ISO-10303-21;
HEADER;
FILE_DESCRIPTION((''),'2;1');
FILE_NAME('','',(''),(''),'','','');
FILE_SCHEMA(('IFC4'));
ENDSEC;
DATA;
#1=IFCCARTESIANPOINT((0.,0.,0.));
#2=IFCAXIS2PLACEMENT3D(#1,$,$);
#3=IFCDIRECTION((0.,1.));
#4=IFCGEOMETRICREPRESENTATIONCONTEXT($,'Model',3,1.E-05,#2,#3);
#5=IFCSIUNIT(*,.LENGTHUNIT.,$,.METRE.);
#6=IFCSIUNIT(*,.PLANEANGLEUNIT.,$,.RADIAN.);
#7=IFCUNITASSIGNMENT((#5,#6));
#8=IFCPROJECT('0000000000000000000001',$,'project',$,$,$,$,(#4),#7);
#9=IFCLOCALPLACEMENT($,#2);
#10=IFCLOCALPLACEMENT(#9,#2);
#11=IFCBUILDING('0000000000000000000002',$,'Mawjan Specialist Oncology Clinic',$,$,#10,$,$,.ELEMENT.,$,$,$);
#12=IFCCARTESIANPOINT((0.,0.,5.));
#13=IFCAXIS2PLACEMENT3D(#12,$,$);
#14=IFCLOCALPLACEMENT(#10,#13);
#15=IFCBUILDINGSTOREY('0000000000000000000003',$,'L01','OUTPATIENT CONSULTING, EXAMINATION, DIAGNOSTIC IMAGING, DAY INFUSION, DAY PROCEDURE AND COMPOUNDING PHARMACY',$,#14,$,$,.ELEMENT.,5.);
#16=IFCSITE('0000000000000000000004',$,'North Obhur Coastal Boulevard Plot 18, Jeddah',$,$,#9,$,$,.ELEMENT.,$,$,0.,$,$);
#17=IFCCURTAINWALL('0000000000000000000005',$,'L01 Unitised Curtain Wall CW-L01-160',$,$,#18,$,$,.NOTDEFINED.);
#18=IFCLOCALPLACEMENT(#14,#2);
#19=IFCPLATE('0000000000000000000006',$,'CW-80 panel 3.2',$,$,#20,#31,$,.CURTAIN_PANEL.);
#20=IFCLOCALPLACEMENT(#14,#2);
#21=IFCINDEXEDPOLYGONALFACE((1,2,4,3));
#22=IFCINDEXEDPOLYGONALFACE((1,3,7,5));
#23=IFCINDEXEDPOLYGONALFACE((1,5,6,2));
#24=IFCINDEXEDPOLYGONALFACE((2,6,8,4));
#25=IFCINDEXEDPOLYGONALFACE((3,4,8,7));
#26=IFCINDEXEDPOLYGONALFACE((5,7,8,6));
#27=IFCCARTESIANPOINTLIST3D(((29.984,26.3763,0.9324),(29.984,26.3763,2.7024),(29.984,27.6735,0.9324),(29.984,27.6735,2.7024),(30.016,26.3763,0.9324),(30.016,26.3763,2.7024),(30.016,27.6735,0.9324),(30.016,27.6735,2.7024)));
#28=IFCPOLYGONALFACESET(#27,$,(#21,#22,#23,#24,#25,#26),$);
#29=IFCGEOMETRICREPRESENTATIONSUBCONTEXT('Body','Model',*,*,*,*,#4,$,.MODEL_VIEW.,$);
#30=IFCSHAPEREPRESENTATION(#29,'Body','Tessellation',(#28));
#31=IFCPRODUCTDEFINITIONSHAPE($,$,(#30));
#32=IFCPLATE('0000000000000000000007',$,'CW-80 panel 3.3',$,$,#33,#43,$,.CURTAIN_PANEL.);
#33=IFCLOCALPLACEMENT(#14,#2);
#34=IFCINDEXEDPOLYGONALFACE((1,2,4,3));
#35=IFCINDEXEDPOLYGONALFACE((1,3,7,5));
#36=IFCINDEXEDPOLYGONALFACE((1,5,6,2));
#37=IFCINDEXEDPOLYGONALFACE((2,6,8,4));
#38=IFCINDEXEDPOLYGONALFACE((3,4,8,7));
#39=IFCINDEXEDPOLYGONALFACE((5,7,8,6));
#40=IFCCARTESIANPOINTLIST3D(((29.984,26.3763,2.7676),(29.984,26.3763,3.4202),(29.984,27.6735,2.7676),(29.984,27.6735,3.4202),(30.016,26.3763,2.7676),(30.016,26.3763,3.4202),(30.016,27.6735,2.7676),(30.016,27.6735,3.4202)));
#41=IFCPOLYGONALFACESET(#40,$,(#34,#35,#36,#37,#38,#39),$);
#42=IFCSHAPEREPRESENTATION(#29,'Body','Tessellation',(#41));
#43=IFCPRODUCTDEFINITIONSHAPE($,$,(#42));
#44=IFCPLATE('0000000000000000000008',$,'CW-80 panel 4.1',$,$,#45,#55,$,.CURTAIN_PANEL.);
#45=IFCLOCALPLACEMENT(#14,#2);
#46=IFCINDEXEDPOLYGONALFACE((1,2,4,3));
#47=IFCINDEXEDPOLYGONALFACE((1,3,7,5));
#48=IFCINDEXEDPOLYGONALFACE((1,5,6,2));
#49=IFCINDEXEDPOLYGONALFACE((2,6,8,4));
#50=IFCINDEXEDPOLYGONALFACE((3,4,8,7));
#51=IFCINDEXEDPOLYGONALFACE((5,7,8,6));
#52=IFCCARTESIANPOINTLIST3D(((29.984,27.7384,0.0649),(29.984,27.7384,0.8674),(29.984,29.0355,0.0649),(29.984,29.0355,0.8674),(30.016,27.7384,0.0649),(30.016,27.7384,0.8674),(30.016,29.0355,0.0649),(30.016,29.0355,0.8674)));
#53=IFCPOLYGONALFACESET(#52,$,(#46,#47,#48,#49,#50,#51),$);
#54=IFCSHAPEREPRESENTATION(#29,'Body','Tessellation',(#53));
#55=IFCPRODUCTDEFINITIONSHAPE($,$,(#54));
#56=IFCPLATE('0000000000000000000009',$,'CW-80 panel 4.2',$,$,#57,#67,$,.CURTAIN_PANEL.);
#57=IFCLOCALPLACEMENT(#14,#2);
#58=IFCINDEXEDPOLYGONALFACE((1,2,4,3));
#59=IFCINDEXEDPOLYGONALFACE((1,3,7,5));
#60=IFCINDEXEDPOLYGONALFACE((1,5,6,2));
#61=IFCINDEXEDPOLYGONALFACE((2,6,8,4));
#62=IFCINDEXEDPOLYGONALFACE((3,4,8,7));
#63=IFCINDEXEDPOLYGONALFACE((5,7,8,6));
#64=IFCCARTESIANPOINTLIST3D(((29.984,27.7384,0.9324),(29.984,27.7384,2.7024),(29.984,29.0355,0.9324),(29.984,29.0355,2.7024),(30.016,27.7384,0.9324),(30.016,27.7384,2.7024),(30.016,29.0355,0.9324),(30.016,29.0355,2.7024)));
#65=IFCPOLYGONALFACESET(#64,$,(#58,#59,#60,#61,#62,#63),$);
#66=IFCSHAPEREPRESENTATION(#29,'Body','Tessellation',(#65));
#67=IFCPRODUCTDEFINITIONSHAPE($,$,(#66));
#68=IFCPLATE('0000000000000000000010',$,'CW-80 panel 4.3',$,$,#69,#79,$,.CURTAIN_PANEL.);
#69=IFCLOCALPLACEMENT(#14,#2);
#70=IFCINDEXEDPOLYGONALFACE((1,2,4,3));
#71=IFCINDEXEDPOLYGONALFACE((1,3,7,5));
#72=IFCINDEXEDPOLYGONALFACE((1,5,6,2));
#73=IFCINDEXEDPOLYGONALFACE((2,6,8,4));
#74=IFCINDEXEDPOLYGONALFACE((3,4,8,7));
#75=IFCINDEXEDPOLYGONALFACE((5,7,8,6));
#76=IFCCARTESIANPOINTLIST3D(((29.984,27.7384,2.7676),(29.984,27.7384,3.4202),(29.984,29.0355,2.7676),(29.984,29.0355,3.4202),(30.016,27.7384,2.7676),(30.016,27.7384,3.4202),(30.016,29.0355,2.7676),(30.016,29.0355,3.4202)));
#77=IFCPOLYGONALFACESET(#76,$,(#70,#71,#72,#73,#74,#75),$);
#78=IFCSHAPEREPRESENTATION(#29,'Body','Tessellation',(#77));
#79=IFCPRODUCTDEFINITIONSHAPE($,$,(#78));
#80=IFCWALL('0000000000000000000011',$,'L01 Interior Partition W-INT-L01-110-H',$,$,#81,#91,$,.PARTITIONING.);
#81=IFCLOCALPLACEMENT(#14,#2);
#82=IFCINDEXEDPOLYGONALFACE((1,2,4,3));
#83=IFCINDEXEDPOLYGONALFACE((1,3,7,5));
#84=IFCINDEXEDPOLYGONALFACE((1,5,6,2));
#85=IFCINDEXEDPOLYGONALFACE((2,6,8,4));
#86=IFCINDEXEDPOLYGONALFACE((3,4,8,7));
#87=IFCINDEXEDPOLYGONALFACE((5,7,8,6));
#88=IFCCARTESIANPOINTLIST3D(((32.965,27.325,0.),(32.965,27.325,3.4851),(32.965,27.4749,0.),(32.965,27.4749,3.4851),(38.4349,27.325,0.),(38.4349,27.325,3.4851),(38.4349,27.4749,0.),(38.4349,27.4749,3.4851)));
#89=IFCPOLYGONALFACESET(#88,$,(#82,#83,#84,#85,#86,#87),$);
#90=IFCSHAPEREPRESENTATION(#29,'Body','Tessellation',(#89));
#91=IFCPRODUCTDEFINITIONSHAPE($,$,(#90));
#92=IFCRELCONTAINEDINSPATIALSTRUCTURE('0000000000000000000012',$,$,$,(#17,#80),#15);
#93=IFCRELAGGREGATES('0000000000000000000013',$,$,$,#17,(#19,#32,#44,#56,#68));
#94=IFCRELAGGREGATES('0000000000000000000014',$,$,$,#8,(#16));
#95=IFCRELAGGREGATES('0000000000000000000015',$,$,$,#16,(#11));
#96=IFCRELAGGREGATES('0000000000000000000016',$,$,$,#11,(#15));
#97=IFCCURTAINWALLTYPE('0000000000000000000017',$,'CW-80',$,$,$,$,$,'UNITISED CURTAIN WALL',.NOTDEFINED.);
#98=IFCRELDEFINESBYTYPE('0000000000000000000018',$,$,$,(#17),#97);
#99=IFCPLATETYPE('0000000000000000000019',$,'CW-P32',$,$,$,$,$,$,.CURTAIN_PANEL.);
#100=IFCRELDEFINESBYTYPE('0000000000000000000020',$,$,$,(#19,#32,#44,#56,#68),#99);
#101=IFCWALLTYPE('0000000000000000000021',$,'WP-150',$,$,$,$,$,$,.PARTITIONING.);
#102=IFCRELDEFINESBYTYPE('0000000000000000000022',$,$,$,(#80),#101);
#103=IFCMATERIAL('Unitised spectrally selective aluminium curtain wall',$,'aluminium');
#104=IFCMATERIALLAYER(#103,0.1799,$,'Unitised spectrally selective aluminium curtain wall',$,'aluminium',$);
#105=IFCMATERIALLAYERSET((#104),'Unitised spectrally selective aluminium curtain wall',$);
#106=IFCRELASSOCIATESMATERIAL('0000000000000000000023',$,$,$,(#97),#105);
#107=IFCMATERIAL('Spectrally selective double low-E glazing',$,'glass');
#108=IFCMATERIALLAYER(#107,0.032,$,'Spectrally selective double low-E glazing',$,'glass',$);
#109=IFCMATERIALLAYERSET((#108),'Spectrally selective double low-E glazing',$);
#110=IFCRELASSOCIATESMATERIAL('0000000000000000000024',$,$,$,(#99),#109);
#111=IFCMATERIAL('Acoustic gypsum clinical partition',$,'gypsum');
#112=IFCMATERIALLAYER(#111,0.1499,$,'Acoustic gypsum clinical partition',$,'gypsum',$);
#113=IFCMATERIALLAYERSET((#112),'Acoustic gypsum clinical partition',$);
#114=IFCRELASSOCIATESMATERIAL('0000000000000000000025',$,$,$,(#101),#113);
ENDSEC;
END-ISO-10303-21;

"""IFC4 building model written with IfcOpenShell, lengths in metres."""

from ifc_helpers import new_model, si_unit, direction, frame, frame_2d, origin, origin_2d, place, context, subcontext, project, spatial, rectangle, extrude, material, layer, layer_set, type_object, element, aggregate, save


model = new_model("IFC4")

# Units and contexts
model_context = context("Model", 3, precision=1e-05, world=origin(), true_north=direction((0.0, 1.0)))
body_context = subcontext(model_context, "Body", "Model", "MODEL_VIEW")
ifc_project = project(units=[si_unit("LENGTHUNIT", "METRE"), si_unit("PLANEANGLEUNIT", "RADIAN")], contexts=[model_context])

# Site, building, storey
site_placement = place(None, origin())
site = spatial("IfcSite", under=ifc_project, at=site_placement, Name="North Obhur Coastal Boulevard Plot 18, Jeddah", CompositionType="ELEMENT", RefElevation=0.0)
building_placement = place(site_placement, origin())
building = spatial("IfcBuilding", under=site, at=building_placement, Name="Mawjan Specialist Oncology Clinic", CompositionType="ELEMENT")
storey_placement = place(building_placement, frame((0.0, 0.0, 5.0)))
storey = spatial("IfcBuildingStorey", under=building, at=storey_placement, Name="L01", Description="OUTPATIENT CONSULTING, EXAMINATION, DIAGNOSTIC IMAGING, DAY INFUSION, DAY PROCEDURE AND COMPOUNDING PHARMACY", CompositionType="ELEMENT", Elevation=5.0)

# Curtain wall, plates
ifc_material_1 = material(Name="Unitised spectrally selective aluminium curtain wall", Category="aluminium")
ifc_layer_1 = layer(ifc_material_1, 0.1799, Name="Unitised spectrally selective aluminium curtain wall", Category="aluminium")
ifc_layer_set_1 = layer_set([ifc_layer_1], Name="Unitised spectrally selective aluminium curtain wall")
curtain_wall_type = type_object("IfcCurtainWallType", Name="CW-80", ElementType="UNITISED CURTAIN WALL", PredefinedType="NOTDEFINED", material=ifc_layer_set_1)
curtain_wall_placement = place(storey_placement, origin())
curtain_wall = element("IfcCurtainWall", 1, at=curtain_wall_placement, inside=storey, type_object=curtain_wall_type, Name="L01 Unitised Curtain Wall CW-L01-160", PredefinedType="NOTDEFINED")
ifc_material_2 = material(Name="Spectrally selective double low-E glazing", Category="glass")
ifc_layer_2 = layer(ifc_material_2, 0.032, Name="Spectrally selective double low-E glazing", Category="glass")
ifc_layer_set_2 = layer_set([ifc_layer_2], Name="Spectrally selective double low-E glazing")
plate_type = type_object("IfcPlateType", Name="CW-P32", PredefinedType="CURTAIN_PANEL", material=ifc_layer_set_2)
plate_1_placement = place(storey_placement, frame((30.0, 27.0249, 0.9324), z_axis=(0.0, 0.0, 1.0), x_axis=(0.0, 1.0, 0.0)))
plate_1 = element("IfcPlate", 2, at=plate_1_placement, type_object=plate_type, Name="CW-80 panel 3.2", PredefinedType="CURTAIN_PANEL", context=body_context, shape_type="SweptSolid", body=[
    extrude(rectangle(XDim=1.2971, YDim=0.032, at=origin_2d()), origin(), (0.0, 0.0, 1.0), 1.77),
])
plate_2_placement = place(storey_placement, frame((30.0, 27.0249, 2.7676), z_axis=(0.0, 0.0, 1.0), x_axis=(0.0, 1.0, 0.0)))
plate_2 = element("IfcPlate", 3, at=plate_2_placement, type_object=plate_type, Name="CW-80 panel 3.3", PredefinedType="CURTAIN_PANEL", context=body_context, shape_type="SweptSolid", body=[
    extrude(rectangle(XDim=1.2971, YDim=0.032, at=origin_2d()), origin(), (0.0, 0.0, 1.0), 0.6526),
])
plate_3_placement = place(storey_placement, frame((30.0, 28.387, 0.0649), z_axis=(0.0, 0.0, 1.0), x_axis=(0.0, 1.0, 0.0)))
plate_3 = element("IfcPlate", 4, at=plate_3_placement, type_object=plate_type, Name="CW-80 panel 4.1", PredefinedType="CURTAIN_PANEL", context=body_context, shape_type="SweptSolid", body=[
    extrude(rectangle(XDim=1.2971, YDim=0.032, at=origin_2d()), origin(), (0.0, 0.0, 1.0), 0.8025),
])
plate_4_placement = place(storey_placement, frame((30.0, 28.387, 0.9324), z_axis=(0.0, 0.0, 1.0), x_axis=(0.0, 1.0, 0.0)))
plate_4 = element("IfcPlate", 5, at=plate_4_placement, type_object=plate_type, Name="CW-80 panel 4.2", PredefinedType="CURTAIN_PANEL", context=body_context, shape_type="SweptSolid", body=[
    extrude(rectangle(XDim=1.2971, YDim=0.032, at=origin_2d()), origin(), (0.0, 0.0, 1.0), 1.77),
])
plate_5_placement = place(storey_placement, frame((30.0, 28.387, 2.7676), z_axis=(0.0, 0.0, 1.0), x_axis=(0.0, 1.0, 0.0)))
plate_5 = element("IfcPlate", 6, at=plate_5_placement, type_object=plate_type, Name="CW-80 panel 4.3", PredefinedType="CURTAIN_PANEL", context=body_context, shape_type="SweptSolid", body=[
    extrude(rectangle(XDim=1.2971, YDim=0.032, at=origin_2d()), origin(), (0.0, 0.0, 1.0), 0.6526),
])
aggregate(curtain_wall, [plate_1, plate_2, plate_3, plate_4, plate_5])

# Wall
ifc_material_3 = material(Name="Acoustic gypsum clinical partition", Category="gypsum")
ifc_layer_3 = layer(ifc_material_3, 0.1499, Name="Acoustic gypsum clinical partition", Category="gypsum")
ifc_layer_set_3 = layer_set([ifc_layer_3], Name="Acoustic gypsum clinical partition")
wall_type_1 = type_object("IfcWallType", Name="WP-150", PredefinedType="PARTITIONING", material=ifc_layer_set_3)
wall_1_placement = place(storey_placement, frame((32.9651, 27.3999, 0.0), z_axis=(0.0, 0.0, 1.0), x_axis=(1.0, 0.0, 0.0)))
element("IfcWall", 7, at=wall_1_placement, inside=storey, type_object=wall_type_1, Name="L01 Interior Partition W-INT-L01-110-H", PredefinedType="PARTITIONING", context=body_context, shape_type="SweptSolid", body=[
    extrude(rectangle(XDim=5.47, YDim=0.1499, at=frame_2d((2.7349, 0.0))), origin(), (0.0, 0.0, 1.0), 3.4851),
])

save(model, "model.ifc")
